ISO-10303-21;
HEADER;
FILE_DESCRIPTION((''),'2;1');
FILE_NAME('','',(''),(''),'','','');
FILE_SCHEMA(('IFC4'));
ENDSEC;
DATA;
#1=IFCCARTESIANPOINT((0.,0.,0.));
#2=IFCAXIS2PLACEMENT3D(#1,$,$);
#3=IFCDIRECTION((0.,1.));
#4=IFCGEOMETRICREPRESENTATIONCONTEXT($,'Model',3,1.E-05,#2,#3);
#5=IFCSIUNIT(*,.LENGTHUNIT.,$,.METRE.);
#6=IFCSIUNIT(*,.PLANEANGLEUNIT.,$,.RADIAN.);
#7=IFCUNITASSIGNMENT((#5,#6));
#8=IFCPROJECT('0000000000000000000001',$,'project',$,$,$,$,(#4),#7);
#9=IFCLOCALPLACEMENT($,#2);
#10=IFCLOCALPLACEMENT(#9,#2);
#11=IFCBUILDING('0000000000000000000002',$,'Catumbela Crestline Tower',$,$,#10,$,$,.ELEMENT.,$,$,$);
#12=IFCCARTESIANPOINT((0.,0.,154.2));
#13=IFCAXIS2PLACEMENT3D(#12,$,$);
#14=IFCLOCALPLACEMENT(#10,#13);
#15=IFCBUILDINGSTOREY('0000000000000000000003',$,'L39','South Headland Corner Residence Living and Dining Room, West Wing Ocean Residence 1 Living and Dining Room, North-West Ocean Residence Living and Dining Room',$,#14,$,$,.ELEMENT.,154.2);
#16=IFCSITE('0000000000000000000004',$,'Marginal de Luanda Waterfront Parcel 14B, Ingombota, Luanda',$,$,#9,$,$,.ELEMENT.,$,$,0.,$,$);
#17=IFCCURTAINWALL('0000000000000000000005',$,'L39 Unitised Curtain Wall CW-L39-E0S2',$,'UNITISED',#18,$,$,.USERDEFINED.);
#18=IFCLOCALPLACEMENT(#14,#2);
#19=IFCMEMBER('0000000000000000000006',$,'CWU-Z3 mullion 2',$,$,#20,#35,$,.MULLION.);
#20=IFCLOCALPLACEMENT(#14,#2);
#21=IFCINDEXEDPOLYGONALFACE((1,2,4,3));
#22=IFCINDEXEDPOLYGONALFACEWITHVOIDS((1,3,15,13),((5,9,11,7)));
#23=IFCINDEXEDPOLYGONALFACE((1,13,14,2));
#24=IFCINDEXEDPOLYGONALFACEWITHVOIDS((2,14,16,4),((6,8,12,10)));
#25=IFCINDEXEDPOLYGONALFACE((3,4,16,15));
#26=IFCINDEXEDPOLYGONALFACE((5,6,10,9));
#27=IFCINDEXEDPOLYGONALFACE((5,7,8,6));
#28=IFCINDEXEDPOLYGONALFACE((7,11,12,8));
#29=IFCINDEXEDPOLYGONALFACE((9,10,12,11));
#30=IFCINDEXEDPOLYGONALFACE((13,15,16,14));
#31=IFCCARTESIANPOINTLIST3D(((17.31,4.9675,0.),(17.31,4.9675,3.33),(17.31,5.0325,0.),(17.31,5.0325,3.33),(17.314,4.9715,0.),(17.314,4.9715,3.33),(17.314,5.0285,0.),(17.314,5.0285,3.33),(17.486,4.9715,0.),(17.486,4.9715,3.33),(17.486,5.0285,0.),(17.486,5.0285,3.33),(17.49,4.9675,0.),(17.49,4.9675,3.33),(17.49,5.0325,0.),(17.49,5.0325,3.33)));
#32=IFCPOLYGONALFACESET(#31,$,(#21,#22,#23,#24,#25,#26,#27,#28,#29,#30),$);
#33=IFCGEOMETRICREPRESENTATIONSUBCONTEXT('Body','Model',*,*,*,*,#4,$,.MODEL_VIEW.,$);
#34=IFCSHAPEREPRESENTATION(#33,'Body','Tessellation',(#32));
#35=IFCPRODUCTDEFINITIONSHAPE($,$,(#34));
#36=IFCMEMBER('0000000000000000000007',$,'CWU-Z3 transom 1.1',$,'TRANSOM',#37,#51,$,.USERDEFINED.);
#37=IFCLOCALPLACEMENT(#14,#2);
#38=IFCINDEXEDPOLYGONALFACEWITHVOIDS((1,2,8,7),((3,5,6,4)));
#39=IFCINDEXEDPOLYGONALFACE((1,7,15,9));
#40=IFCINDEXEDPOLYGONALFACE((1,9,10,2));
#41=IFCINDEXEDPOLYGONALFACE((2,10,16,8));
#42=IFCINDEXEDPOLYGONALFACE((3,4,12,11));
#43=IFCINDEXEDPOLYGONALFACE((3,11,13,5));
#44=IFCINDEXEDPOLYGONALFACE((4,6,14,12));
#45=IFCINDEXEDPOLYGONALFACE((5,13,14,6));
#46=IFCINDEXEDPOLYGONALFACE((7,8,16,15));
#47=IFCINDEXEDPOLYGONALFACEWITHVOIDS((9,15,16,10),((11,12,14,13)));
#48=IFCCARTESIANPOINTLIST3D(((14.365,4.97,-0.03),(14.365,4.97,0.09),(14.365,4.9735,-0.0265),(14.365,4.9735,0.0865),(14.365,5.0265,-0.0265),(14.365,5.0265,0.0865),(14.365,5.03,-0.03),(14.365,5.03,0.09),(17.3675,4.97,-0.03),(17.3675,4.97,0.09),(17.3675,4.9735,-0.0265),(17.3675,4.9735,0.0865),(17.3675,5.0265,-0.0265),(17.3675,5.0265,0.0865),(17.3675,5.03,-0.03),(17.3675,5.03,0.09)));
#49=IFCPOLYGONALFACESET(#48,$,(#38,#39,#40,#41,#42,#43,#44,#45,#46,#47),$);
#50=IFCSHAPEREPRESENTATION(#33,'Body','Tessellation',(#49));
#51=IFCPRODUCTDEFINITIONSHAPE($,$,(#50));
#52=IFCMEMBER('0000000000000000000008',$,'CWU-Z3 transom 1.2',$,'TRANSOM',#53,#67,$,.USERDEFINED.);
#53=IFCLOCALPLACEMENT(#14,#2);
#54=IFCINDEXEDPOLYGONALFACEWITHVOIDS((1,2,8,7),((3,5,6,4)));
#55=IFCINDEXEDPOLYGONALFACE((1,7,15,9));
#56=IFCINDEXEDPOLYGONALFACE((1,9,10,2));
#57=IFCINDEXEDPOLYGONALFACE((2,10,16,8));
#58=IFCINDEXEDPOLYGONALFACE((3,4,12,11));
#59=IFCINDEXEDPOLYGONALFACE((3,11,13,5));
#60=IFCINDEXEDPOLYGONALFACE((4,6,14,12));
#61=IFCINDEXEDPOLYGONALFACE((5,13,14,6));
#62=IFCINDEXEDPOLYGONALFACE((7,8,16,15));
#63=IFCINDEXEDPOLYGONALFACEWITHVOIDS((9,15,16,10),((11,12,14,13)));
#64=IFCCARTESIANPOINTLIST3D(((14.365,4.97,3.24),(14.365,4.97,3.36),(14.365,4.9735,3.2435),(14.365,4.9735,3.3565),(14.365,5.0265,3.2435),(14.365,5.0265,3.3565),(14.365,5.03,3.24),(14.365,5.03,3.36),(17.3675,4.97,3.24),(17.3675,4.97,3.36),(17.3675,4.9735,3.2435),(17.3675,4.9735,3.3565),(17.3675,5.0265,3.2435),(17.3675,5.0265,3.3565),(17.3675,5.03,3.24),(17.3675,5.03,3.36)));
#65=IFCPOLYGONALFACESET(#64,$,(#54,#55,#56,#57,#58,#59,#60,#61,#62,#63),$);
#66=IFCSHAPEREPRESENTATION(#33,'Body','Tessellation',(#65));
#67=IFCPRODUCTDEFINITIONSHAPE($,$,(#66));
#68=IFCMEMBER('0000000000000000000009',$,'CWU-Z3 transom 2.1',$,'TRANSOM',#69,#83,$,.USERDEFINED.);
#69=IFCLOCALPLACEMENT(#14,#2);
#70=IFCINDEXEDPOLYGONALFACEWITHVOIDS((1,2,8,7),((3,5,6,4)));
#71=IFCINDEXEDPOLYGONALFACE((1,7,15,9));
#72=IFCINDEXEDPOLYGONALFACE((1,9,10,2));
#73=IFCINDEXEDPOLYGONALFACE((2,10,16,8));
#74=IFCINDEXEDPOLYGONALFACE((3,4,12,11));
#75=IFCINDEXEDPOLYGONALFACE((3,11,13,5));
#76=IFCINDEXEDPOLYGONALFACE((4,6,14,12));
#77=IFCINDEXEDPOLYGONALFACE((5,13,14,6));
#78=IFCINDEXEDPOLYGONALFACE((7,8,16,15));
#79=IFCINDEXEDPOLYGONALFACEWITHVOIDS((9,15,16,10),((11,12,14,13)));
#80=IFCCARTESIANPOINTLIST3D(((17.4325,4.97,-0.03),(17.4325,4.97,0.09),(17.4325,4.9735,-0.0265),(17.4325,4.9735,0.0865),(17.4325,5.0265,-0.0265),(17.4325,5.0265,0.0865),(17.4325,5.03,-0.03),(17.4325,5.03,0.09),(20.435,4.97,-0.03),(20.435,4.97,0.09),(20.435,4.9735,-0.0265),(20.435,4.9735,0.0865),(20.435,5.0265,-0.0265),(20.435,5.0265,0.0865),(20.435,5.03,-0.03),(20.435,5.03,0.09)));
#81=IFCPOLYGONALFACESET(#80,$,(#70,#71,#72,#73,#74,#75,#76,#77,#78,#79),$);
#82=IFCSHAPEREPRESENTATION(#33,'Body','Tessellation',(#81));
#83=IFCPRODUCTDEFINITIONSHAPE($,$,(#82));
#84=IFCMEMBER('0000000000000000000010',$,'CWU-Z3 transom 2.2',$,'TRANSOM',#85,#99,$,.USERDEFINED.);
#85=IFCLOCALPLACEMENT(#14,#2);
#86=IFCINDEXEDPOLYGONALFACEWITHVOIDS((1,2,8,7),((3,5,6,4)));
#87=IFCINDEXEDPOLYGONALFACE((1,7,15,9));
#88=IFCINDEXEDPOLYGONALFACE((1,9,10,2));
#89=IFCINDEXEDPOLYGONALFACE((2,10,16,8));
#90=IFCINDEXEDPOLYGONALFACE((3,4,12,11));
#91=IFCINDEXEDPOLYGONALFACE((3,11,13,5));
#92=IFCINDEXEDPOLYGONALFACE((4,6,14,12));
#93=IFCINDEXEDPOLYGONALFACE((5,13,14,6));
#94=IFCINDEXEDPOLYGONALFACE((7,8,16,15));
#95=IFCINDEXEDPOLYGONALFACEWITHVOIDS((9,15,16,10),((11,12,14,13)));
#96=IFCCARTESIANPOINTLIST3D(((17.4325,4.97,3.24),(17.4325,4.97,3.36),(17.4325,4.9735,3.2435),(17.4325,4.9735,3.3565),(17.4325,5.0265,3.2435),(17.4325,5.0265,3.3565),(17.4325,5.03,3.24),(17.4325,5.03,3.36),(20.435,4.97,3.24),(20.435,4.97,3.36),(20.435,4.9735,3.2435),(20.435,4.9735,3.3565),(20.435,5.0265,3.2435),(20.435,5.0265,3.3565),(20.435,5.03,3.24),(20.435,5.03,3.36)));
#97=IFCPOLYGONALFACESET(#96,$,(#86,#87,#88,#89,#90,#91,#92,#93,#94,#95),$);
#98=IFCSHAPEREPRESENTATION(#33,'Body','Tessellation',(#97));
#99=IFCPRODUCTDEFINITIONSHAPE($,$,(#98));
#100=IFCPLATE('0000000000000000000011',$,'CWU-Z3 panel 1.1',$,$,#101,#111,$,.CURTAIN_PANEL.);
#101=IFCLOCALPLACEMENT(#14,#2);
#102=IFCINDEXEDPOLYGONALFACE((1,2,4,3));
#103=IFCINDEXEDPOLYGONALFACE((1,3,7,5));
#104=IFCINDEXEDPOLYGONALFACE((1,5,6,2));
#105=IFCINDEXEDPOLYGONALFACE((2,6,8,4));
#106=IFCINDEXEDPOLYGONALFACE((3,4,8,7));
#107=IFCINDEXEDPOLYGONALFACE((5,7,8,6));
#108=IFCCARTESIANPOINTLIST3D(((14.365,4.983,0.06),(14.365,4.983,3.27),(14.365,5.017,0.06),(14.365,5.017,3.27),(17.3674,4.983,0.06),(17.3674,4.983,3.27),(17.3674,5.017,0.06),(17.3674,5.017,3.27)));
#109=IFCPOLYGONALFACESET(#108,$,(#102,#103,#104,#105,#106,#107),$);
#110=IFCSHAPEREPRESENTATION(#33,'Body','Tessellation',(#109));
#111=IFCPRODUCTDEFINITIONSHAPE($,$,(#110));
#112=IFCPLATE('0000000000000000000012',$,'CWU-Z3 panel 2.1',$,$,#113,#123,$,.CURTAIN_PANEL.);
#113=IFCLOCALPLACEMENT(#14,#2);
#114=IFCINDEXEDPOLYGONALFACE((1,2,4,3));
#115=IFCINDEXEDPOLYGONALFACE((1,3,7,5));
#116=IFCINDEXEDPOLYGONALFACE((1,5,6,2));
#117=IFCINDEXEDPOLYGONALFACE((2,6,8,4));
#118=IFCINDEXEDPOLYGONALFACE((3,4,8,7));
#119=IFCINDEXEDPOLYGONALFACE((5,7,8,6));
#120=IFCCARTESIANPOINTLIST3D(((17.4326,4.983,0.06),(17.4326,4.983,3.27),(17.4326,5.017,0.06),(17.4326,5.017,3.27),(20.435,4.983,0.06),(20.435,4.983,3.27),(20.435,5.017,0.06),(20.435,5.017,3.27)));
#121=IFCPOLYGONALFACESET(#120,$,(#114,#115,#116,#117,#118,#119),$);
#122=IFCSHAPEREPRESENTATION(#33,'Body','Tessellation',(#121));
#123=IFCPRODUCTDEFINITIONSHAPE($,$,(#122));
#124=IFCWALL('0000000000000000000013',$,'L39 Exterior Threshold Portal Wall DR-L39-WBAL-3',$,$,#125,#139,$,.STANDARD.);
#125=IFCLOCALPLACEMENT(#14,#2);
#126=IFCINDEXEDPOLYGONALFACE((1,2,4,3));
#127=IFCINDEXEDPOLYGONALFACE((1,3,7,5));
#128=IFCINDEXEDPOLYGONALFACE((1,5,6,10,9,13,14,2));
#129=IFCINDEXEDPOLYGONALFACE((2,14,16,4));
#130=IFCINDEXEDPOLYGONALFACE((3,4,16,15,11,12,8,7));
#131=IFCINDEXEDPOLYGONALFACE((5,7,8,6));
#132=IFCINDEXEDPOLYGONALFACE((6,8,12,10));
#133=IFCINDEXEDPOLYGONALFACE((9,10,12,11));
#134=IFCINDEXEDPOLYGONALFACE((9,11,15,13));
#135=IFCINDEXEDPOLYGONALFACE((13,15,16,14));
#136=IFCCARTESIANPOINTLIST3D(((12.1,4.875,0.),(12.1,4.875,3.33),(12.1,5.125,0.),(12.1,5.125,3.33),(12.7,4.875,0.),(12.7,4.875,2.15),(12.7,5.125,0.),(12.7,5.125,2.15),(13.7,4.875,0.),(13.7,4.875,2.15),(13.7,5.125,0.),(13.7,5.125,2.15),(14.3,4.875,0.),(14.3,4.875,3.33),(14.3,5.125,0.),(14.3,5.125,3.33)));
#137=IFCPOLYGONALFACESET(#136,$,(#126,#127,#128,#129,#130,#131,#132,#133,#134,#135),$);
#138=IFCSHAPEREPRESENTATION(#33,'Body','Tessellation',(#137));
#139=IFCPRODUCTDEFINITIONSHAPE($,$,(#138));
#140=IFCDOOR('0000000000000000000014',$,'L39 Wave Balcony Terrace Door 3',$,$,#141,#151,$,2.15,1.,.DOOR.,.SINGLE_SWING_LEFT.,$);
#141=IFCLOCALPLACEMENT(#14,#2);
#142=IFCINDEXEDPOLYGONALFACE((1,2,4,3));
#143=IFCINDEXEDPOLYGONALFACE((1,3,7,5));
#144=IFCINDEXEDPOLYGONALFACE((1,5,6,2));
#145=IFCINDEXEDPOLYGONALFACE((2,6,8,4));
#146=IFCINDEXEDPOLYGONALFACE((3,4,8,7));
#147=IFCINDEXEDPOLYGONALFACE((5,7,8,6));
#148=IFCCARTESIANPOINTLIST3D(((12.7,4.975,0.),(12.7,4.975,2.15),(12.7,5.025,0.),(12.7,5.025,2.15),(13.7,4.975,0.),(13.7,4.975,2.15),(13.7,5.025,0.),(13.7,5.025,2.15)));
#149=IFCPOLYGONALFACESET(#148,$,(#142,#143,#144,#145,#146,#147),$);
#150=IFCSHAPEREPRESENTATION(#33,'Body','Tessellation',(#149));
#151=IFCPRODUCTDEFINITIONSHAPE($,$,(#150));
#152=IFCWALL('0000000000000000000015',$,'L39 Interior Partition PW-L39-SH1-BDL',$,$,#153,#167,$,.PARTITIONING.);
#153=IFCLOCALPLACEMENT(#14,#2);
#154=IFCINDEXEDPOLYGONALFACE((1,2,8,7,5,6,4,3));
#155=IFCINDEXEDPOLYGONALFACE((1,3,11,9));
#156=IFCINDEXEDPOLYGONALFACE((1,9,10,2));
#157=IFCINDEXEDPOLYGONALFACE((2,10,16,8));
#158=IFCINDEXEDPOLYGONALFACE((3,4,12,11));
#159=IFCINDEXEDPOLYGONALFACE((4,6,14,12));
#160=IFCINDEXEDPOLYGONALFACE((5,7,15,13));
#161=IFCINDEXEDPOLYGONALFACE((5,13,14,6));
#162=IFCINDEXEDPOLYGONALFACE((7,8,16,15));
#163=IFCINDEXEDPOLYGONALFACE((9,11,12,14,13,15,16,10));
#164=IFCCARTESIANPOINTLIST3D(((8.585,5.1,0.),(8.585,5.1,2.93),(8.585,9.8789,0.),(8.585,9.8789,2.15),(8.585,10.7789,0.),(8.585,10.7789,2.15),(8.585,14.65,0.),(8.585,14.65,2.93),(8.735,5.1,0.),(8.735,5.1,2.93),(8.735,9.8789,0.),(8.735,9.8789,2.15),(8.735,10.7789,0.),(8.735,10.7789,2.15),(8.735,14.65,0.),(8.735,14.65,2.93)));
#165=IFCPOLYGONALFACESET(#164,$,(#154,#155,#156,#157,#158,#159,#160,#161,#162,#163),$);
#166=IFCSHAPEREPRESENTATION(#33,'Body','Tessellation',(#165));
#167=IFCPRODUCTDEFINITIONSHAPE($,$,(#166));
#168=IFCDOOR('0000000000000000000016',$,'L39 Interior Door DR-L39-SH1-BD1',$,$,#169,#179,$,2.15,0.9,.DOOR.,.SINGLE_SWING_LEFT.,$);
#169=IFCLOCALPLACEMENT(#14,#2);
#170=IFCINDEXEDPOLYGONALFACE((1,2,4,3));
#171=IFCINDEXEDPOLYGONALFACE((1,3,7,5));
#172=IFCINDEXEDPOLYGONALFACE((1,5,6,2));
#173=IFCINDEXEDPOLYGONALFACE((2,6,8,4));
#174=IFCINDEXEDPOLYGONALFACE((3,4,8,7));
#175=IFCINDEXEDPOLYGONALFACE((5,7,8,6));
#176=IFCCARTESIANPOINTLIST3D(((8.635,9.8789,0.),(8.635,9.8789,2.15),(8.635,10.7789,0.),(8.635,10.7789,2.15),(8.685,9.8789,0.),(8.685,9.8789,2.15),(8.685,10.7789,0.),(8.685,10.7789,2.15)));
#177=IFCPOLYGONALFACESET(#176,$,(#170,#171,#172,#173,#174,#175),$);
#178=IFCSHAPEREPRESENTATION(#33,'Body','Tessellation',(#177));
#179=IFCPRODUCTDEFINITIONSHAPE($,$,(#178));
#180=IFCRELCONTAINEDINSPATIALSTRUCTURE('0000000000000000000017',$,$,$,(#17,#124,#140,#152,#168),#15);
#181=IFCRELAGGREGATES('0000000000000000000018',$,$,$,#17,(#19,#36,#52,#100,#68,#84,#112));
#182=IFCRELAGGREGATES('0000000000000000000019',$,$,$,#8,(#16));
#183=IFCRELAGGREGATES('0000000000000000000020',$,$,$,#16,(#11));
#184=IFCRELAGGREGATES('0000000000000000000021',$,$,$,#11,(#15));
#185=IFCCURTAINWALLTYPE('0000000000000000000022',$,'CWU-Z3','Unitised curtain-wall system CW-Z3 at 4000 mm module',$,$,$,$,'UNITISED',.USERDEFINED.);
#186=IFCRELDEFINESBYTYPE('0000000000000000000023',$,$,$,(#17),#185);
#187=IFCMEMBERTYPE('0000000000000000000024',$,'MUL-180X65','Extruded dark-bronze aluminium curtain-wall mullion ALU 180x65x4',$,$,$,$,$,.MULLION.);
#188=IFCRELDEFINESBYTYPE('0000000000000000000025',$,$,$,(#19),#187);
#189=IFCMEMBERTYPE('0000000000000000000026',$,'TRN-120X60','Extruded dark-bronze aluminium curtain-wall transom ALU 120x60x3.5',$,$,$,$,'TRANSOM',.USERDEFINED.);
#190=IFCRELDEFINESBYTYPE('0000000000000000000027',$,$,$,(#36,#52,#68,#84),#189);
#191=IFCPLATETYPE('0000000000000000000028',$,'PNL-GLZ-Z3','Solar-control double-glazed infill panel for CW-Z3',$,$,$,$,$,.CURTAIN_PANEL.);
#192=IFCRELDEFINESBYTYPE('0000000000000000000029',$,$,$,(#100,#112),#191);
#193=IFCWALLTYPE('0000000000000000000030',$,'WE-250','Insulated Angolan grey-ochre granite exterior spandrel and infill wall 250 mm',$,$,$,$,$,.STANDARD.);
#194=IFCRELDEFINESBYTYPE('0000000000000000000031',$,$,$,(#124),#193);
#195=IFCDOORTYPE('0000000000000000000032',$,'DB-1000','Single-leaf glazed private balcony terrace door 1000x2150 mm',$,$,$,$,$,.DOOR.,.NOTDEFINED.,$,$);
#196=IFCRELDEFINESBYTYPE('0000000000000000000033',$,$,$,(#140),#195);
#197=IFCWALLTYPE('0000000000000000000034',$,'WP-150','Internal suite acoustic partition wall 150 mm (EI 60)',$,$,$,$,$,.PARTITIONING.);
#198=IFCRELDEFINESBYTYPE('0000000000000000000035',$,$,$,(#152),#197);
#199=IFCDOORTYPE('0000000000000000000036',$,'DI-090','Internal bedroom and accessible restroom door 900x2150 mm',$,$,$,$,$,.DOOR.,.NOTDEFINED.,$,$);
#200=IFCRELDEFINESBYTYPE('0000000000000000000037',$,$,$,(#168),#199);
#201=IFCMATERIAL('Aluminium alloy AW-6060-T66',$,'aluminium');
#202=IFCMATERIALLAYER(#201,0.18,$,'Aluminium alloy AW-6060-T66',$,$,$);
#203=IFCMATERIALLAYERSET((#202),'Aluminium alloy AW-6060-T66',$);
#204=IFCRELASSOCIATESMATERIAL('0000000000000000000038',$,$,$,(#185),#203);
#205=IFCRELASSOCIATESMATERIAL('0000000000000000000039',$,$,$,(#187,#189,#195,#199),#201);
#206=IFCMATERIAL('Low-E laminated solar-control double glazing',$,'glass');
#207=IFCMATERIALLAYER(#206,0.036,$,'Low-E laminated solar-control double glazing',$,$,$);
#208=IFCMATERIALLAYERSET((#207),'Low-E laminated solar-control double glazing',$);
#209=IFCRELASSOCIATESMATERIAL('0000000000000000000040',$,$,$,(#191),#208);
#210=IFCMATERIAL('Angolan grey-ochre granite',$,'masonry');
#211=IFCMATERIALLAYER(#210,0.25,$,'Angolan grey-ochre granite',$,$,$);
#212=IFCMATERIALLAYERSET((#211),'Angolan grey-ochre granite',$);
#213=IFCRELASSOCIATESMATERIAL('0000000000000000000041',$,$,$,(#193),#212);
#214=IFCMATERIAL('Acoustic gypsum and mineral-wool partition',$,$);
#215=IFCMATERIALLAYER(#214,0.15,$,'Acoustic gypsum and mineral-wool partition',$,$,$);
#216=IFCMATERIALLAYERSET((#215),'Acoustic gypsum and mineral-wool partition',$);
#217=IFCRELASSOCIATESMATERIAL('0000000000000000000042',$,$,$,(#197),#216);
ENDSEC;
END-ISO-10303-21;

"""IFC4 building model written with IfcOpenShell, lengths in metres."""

from ifc_helpers import new_model, si_unit, direction, frame, frame_2d, origin, origin_2d, place, context, subcontext, project, spatial, rectangle, hollow_rectangle, extrude, material, layer, layer_set, material_profile, profile_set, type_object, element, fill, aggregate, save


model = new_model("IFC4")

# Units and contexts
model_context = context("Model", 3, precision=1e-05, world=origin(), true_north=direction((0.0, 1.0)))
body_context = subcontext(model_context, "Body", "Model", "MODEL_VIEW")
ifc_project = project(units=[si_unit("LENGTHUNIT", "METRE"), si_unit("PLANEANGLEUNIT", "RADIAN")], contexts=[model_context])

# Site, building, storey
site_placement = place(None, origin())
site = spatial("IfcSite", under=ifc_project, at=site_placement, Name="Marginal de Luanda Waterfront Parcel 14B, Ingombota, Luanda", CompositionType="ELEMENT", RefElevation=0.0)
building_placement = place(site_placement, origin())
building = spatial("IfcBuilding", under=site, at=building_placement, Name="Catumbela Crestline Tower", CompositionType="ELEMENT")
storey_placement = place(building_placement, frame((0.0, 0.0, 154.2)))
storey = spatial("IfcBuildingStorey", under=building, at=storey_placement, Name="L39", Description="South Headland Corner Residence Living and Dining Room, West Wing Ocean Residence 1 Living and Dining Room, North-West Ocean Residence Living and Dining Room", CompositionType="ELEMENT", Elevation=154.2)

# Curtain wall, members, plates
ifc_material_1 = material(Name="Aluminium alloy AW-6060-T66", Category="aluminium")
ifc_layer_1 = layer(ifc_material_1, 0.18, Name="Aluminium alloy AW-6060-T66")
ifc_layer_set_1 = layer_set([ifc_layer_1], Name="Aluminium alloy AW-6060-T66")
curtain_wall_type = type_object("IfcCurtainWallType", Name="CWU-Z3", Description="Unitised curtain-wall system CW-Z3 at 4000 mm module", ElementType="UNITISED", PredefinedType="USERDEFINED", material=ifc_layer_set_1)
curtain_wall_placement = place(storey_placement, origin())
curtain_wall = element("IfcCurtainWall", 1, at=curtain_wall_placement, inside=storey, type_object=curtain_wall_type, Name="L39 Unitised Curtain Wall CW-L39-E0S2", ObjectType="UNITISED", PredefinedType="USERDEFINED")
ifc_material_profile_1 = material_profile(ifc_material_1, hollow_rectangle(XDim=0.065, YDim=0.18, WallThickness=0.004, at=origin_2d()), Name="ALU 180x65x4")
ifc_profile_set_1 = profile_set([ifc_material_profile_1], Name="Aluminium alloy AW-6060-T66")
member_type_1 = type_object("IfcMemberType", Name="MUL-180X65", Description="Extruded dark-bronze aluminium curtain-wall mullion ALU 180x65x4", PredefinedType="MULLION", material=ifc_profile_set_1)
member_1_placement = place(storey_placement, frame((17.4, 5.0, 0.0), z_axis=(0.0, 0.0, 1.0), x_axis=(0.0, 1.0, 0.0)))
member_1 = element("IfcMember", 2, at=member_1_placement, type_object=member_type_1, Name="CWU-Z3 mullion 2", PredefinedType="MULLION", context=body_context, shape_type="SweptSolid", body=[
    extrude(hollow_rectangle(XDim=0.065, YDim=0.18, WallThickness=0.004, at=origin_2d()), origin(), (0.0, 0.0, 1.0), 3.33),
])
ifc_material_profile_2 = material_profile(ifc_material_1, hollow_rectangle(XDim=0.06, YDim=0.12, WallThickness=0.0035, at=origin_2d()), Name="ALU 120x60x3.5")
ifc_profile_set_2 = profile_set([ifc_material_profile_2], Name="Aluminium alloy AW-6060-T66")
member_type_2 = type_object("IfcMemberType", Name="TRN-120X60", Description="Extruded dark-bronze aluminium curtain-wall transom ALU 120x60x3.5", ElementType="TRANSOM", PredefinedType="USERDEFINED", material=ifc_profile_set_2)
member_2_placement = place(storey_placement, frame((14.365, 5.0, 0.03), z_axis=(1.0, 0.0, 0.0), x_axis=(0.0, 1.0, 0.0)))
member_2 = element("IfcMember", 3, at=member_2_placement, type_object=member_type_2, Name="CWU-Z3 transom 1.1", ObjectType="TRANSOM", PredefinedType="USERDEFINED", context=body_context, shape_type="SweptSolid", body=[
    extrude(hollow_rectangle(XDim=0.06, YDim=0.12, WallThickness=0.0035, at=origin_2d()), origin(), (0.0, 0.0, 1.0), 3.0025),
])
member_3_placement = place(storey_placement, frame((14.365, 5.0, 3.3), z_axis=(1.0, 0.0, 0.0), x_axis=(0.0, 1.0, 0.0)))
member_3 = element("IfcMember", 4, at=member_3_placement, type_object=member_type_2, Name="CWU-Z3 transom 1.2", ObjectType="TRANSOM", PredefinedType="USERDEFINED", context=body_context, shape_type="SweptSolid", body=[
    extrude(hollow_rectangle(XDim=0.06, YDim=0.12, WallThickness=0.0035, at=origin_2d()), origin(), (0.0, 0.0, 1.0), 3.0025),
])
member_4_placement = place(storey_placement, frame((17.4325, 5.0, 0.03), z_axis=(1.0, 0.0, 0.0), x_axis=(0.0, 1.0, 0.0)))
member_4 = element("IfcMember", 5, at=member_4_placement, type_object=member_type_2, Name="CWU-Z3 transom 2.1", ObjectType="TRANSOM", PredefinedType="USERDEFINED", context=body_context, shape_type="SweptSolid", body=[
    extrude(hollow_rectangle(XDim=0.06, YDim=0.12, WallThickness=0.0035, at=origin_2d()), origin(), (0.0, 0.0, 1.0), 3.0025),
])
member_5_placement = place(storey_placement, frame((17.4325, 5.0, 3.3), z_axis=(1.0, 0.0, 0.0), x_axis=(0.0, 1.0, 0.0)))
member_5 = element("IfcMember", 6, at=member_5_placement, type_object=member_type_2, Name="CWU-Z3 transom 2.2", ObjectType="TRANSOM", PredefinedType="USERDEFINED", context=body_context, shape_type="SweptSolid", body=[
    extrude(hollow_rectangle(XDim=0.06, YDim=0.12, WallThickness=0.0035, at=origin_2d()), origin(), (0.0, 0.0, 1.0), 3.0025),
])
ifc_material_2 = material(Name="Low-E laminated solar-control double glazing", Category="glass")
ifc_layer_2 = layer(ifc_material_2, 0.036, Name="Low-E laminated solar-control double glazing")
ifc_layer_set_2 = layer_set([ifc_layer_2], Name="Low-E laminated solar-control double glazing")
plate_type = type_object("IfcPlateType", Name="PNL-GLZ-Z3", Description="Solar-control double-glazed infill panel for CW-Z3", PredefinedType="CURTAIN_PANEL", material=ifc_layer_set_2)
plate_1_placement = place(storey_placement, frame((15.8662, 5.0, 0.06), z_axis=(0.0, 0.0, 1.0), x_axis=(1.0, 0.0, 0.0)))
plate_1 = element("IfcPlate", 7, at=plate_1_placement, type_object=plate_type, Name="CWU-Z3 panel 1.1", PredefinedType="CURTAIN_PANEL", context=body_context, shape_type="SweptSolid", body=[
    extrude(rectangle(XDim=3.0025, YDim=0.034, at=origin_2d()), origin(), (0.0, 0.0, 1.0), 3.21),
])
plate_2_placement = place(storey_placement, frame((18.9338, 5.0, 0.06), z_axis=(0.0, 0.0, 1.0), x_axis=(1.0, 0.0, 0.0)))
plate_2 = element("IfcPlate", 8, at=plate_2_placement, type_object=plate_type, Name="CWU-Z3 panel 2.1", PredefinedType="CURTAIN_PANEL", context=body_context, shape_type="SweptSolid", body=[
    extrude(rectangle(XDim=3.0025, YDim=0.034, at=origin_2d()), origin(), (0.0, 0.0, 1.0), 3.21),
])
aggregate(curtain_wall, [member_1, member_2, member_3, plate_1, member_4, member_5, plate_2])

# Walls, openings, doors
ifc_material_3 = material(Name="Angolan grey-ochre granite", Category="masonry")
ifc_layer_3 = layer(ifc_material_3, 0.25, Name="Angolan grey-ochre granite")
ifc_layer_set_3 = layer_set([ifc_layer_3], Name="Angolan grey-ochre granite")
wall_type_1 = type_object("IfcWallType", Name="WE-250", Description="Insulated Angolan grey-ochre granite exterior spandrel and infill wall 250 mm", PredefinedType="STANDARD", material=ifc_layer_set_3)
wall_1_placement = place(storey_placement, frame((12.1, 5.0, 0.0), z_axis=(0.0, 0.0, 1.0), x_axis=(1.0, 0.0, 0.0)))
wall_1 = element("IfcWall", 9, at=wall_1_placement, inside=storey, type_object=wall_type_1, Name="L39 Exterior Threshold Portal Wall DR-L39-WBAL-3", PredefinedType="STANDARD", context=body_context, shape_type="SweptSolid", body=[
    extrude(rectangle(XDim=2.2, YDim=0.25, at=frame_2d((1.1, 0.0))), origin(), (0.0, 0.0, 1.0), 3.33),
])
opening_1_placement = place(wall_1_placement, frame((0.6, 0.0, 0.0)))
opening_1 = element("IfcOpeningElement", 10, at=opening_1_placement, cuts=wall_1, PredefinedType="OPENING", context=body_context, shape_type="SweptSolid", body=[
    extrude(rectangle(XDim=1.0, YDim=2.15, at=frame_2d((0.5, 1.075))), frame((0.0, 0.135, 0.0), z_axis=(0.0, -1.0, 0.0), x_axis=(1.0, 0.0, 0.0)), (0.0, 0.0, 1.0), 0.27),
])
door_type_1 = type_object("IfcDoorType", Name="DB-1000", Description="Single-leaf glazed private balcony terrace door 1000x2150 mm", OperationType="NOTDEFINED", PredefinedType="DOOR", material=ifc_material_1)
door_1_placement = place(opening_1_placement, origin())
door_1 = element("IfcDoor", 11, at=door_1_placement, inside=storey, type_object=door_type_1, Name="L39 Wave Balcony Terrace Door 3", OperationType="SINGLE_SWING_LEFT", OverallHeight=2.15, OverallWidth=1.0, PredefinedType="DOOR", context=body_context, shape_type="SweptSolid", body=[
    extrude(rectangle(XDim=1.0, YDim=2.15, at=frame_2d((0.5, 1.075))), frame((0.0, 0.025, 0.0), z_axis=(0.0, -1.0, 0.0), x_axis=(1.0, 0.0, 0.0)), (0.0, 0.0, 1.0), 0.05),
])
fill(opening_1, door_1)
ifc_material_4 = material(Name="Acoustic gypsum and mineral-wool partition")
ifc_layer_4 = layer(ifc_material_4, 0.15, Name="Acoustic gypsum and mineral-wool partition")
ifc_layer_set_4 = layer_set([ifc_layer_4], Name="Acoustic gypsum and mineral-wool partition")
wall_type_2 = type_object("IfcWallType", Name="WP-150", Description="Internal suite acoustic partition wall 150 mm (EI 60)", PredefinedType="PARTITIONING", material=ifc_layer_set_4)
wall_2_placement = place(storey_placement, frame((8.66, 5.1, 0.0), z_axis=(0.0, 0.0, 1.0), x_axis=(0.0, 1.0, 0.0)))
wall_2 = element("IfcWall", 12, at=wall_2_placement, inside=storey, type_object=wall_type_2, Name="L39 Interior Partition PW-L39-SH1-BDL", PredefinedType="PARTITIONING", context=body_context, shape_type="SweptSolid", body=[
    extrude(rectangle(XDim=9.55, YDim=0.15, at=frame_2d((4.775, 0.0))), origin(), (0.0, 0.0, 1.0), 2.93),
])
opening_2_placement = place(wall_2_placement, frame((4.7789, 0.0, 0.0)))
opening_2 = element("IfcOpeningElement", 13, at=opening_2_placement, cuts=wall_2, PredefinedType="OPENING", context=body_context, shape_type="SweptSolid", body=[
    extrude(rectangle(XDim=0.9, YDim=2.15, at=frame_2d((0.45, 1.075))), frame((0.0, 0.085, 0.0), z_axis=(0.0, -1.0, 0.0), x_axis=(1.0, 0.0, 0.0)), (0.0, 0.0, 1.0), 0.17),
])
door_type_2 = type_object("IfcDoorType", Name="DI-090", Description="Internal bedroom and accessible restroom door 900x2150 mm", OperationType="NOTDEFINED", PredefinedType="DOOR", material=ifc_material_1)
door_2_placement = place(opening_2_placement, origin())
door_2 = element("IfcDoor", 14, at=door_2_placement, inside=storey, type_object=door_type_2, Name="L39 Interior Door DR-L39-SH1-BD1", OperationType="SINGLE_SWING_LEFT", OverallHeight=2.15, OverallWidth=0.9, PredefinedType="DOOR", context=body_context, shape_type="SweptSolid", body=[
    extrude(rectangle(XDim=0.9, YDim=2.15, at=frame_2d((0.45, 1.075))), frame((0.0, 0.025, 0.0), z_axis=(0.0, -1.0, 0.0), x_axis=(1.0, 0.0, 0.0)), (0.0, 0.0, 1.0), 0.05),
])
fill(opening_2, door_2)

save(model, "model.ifc")
